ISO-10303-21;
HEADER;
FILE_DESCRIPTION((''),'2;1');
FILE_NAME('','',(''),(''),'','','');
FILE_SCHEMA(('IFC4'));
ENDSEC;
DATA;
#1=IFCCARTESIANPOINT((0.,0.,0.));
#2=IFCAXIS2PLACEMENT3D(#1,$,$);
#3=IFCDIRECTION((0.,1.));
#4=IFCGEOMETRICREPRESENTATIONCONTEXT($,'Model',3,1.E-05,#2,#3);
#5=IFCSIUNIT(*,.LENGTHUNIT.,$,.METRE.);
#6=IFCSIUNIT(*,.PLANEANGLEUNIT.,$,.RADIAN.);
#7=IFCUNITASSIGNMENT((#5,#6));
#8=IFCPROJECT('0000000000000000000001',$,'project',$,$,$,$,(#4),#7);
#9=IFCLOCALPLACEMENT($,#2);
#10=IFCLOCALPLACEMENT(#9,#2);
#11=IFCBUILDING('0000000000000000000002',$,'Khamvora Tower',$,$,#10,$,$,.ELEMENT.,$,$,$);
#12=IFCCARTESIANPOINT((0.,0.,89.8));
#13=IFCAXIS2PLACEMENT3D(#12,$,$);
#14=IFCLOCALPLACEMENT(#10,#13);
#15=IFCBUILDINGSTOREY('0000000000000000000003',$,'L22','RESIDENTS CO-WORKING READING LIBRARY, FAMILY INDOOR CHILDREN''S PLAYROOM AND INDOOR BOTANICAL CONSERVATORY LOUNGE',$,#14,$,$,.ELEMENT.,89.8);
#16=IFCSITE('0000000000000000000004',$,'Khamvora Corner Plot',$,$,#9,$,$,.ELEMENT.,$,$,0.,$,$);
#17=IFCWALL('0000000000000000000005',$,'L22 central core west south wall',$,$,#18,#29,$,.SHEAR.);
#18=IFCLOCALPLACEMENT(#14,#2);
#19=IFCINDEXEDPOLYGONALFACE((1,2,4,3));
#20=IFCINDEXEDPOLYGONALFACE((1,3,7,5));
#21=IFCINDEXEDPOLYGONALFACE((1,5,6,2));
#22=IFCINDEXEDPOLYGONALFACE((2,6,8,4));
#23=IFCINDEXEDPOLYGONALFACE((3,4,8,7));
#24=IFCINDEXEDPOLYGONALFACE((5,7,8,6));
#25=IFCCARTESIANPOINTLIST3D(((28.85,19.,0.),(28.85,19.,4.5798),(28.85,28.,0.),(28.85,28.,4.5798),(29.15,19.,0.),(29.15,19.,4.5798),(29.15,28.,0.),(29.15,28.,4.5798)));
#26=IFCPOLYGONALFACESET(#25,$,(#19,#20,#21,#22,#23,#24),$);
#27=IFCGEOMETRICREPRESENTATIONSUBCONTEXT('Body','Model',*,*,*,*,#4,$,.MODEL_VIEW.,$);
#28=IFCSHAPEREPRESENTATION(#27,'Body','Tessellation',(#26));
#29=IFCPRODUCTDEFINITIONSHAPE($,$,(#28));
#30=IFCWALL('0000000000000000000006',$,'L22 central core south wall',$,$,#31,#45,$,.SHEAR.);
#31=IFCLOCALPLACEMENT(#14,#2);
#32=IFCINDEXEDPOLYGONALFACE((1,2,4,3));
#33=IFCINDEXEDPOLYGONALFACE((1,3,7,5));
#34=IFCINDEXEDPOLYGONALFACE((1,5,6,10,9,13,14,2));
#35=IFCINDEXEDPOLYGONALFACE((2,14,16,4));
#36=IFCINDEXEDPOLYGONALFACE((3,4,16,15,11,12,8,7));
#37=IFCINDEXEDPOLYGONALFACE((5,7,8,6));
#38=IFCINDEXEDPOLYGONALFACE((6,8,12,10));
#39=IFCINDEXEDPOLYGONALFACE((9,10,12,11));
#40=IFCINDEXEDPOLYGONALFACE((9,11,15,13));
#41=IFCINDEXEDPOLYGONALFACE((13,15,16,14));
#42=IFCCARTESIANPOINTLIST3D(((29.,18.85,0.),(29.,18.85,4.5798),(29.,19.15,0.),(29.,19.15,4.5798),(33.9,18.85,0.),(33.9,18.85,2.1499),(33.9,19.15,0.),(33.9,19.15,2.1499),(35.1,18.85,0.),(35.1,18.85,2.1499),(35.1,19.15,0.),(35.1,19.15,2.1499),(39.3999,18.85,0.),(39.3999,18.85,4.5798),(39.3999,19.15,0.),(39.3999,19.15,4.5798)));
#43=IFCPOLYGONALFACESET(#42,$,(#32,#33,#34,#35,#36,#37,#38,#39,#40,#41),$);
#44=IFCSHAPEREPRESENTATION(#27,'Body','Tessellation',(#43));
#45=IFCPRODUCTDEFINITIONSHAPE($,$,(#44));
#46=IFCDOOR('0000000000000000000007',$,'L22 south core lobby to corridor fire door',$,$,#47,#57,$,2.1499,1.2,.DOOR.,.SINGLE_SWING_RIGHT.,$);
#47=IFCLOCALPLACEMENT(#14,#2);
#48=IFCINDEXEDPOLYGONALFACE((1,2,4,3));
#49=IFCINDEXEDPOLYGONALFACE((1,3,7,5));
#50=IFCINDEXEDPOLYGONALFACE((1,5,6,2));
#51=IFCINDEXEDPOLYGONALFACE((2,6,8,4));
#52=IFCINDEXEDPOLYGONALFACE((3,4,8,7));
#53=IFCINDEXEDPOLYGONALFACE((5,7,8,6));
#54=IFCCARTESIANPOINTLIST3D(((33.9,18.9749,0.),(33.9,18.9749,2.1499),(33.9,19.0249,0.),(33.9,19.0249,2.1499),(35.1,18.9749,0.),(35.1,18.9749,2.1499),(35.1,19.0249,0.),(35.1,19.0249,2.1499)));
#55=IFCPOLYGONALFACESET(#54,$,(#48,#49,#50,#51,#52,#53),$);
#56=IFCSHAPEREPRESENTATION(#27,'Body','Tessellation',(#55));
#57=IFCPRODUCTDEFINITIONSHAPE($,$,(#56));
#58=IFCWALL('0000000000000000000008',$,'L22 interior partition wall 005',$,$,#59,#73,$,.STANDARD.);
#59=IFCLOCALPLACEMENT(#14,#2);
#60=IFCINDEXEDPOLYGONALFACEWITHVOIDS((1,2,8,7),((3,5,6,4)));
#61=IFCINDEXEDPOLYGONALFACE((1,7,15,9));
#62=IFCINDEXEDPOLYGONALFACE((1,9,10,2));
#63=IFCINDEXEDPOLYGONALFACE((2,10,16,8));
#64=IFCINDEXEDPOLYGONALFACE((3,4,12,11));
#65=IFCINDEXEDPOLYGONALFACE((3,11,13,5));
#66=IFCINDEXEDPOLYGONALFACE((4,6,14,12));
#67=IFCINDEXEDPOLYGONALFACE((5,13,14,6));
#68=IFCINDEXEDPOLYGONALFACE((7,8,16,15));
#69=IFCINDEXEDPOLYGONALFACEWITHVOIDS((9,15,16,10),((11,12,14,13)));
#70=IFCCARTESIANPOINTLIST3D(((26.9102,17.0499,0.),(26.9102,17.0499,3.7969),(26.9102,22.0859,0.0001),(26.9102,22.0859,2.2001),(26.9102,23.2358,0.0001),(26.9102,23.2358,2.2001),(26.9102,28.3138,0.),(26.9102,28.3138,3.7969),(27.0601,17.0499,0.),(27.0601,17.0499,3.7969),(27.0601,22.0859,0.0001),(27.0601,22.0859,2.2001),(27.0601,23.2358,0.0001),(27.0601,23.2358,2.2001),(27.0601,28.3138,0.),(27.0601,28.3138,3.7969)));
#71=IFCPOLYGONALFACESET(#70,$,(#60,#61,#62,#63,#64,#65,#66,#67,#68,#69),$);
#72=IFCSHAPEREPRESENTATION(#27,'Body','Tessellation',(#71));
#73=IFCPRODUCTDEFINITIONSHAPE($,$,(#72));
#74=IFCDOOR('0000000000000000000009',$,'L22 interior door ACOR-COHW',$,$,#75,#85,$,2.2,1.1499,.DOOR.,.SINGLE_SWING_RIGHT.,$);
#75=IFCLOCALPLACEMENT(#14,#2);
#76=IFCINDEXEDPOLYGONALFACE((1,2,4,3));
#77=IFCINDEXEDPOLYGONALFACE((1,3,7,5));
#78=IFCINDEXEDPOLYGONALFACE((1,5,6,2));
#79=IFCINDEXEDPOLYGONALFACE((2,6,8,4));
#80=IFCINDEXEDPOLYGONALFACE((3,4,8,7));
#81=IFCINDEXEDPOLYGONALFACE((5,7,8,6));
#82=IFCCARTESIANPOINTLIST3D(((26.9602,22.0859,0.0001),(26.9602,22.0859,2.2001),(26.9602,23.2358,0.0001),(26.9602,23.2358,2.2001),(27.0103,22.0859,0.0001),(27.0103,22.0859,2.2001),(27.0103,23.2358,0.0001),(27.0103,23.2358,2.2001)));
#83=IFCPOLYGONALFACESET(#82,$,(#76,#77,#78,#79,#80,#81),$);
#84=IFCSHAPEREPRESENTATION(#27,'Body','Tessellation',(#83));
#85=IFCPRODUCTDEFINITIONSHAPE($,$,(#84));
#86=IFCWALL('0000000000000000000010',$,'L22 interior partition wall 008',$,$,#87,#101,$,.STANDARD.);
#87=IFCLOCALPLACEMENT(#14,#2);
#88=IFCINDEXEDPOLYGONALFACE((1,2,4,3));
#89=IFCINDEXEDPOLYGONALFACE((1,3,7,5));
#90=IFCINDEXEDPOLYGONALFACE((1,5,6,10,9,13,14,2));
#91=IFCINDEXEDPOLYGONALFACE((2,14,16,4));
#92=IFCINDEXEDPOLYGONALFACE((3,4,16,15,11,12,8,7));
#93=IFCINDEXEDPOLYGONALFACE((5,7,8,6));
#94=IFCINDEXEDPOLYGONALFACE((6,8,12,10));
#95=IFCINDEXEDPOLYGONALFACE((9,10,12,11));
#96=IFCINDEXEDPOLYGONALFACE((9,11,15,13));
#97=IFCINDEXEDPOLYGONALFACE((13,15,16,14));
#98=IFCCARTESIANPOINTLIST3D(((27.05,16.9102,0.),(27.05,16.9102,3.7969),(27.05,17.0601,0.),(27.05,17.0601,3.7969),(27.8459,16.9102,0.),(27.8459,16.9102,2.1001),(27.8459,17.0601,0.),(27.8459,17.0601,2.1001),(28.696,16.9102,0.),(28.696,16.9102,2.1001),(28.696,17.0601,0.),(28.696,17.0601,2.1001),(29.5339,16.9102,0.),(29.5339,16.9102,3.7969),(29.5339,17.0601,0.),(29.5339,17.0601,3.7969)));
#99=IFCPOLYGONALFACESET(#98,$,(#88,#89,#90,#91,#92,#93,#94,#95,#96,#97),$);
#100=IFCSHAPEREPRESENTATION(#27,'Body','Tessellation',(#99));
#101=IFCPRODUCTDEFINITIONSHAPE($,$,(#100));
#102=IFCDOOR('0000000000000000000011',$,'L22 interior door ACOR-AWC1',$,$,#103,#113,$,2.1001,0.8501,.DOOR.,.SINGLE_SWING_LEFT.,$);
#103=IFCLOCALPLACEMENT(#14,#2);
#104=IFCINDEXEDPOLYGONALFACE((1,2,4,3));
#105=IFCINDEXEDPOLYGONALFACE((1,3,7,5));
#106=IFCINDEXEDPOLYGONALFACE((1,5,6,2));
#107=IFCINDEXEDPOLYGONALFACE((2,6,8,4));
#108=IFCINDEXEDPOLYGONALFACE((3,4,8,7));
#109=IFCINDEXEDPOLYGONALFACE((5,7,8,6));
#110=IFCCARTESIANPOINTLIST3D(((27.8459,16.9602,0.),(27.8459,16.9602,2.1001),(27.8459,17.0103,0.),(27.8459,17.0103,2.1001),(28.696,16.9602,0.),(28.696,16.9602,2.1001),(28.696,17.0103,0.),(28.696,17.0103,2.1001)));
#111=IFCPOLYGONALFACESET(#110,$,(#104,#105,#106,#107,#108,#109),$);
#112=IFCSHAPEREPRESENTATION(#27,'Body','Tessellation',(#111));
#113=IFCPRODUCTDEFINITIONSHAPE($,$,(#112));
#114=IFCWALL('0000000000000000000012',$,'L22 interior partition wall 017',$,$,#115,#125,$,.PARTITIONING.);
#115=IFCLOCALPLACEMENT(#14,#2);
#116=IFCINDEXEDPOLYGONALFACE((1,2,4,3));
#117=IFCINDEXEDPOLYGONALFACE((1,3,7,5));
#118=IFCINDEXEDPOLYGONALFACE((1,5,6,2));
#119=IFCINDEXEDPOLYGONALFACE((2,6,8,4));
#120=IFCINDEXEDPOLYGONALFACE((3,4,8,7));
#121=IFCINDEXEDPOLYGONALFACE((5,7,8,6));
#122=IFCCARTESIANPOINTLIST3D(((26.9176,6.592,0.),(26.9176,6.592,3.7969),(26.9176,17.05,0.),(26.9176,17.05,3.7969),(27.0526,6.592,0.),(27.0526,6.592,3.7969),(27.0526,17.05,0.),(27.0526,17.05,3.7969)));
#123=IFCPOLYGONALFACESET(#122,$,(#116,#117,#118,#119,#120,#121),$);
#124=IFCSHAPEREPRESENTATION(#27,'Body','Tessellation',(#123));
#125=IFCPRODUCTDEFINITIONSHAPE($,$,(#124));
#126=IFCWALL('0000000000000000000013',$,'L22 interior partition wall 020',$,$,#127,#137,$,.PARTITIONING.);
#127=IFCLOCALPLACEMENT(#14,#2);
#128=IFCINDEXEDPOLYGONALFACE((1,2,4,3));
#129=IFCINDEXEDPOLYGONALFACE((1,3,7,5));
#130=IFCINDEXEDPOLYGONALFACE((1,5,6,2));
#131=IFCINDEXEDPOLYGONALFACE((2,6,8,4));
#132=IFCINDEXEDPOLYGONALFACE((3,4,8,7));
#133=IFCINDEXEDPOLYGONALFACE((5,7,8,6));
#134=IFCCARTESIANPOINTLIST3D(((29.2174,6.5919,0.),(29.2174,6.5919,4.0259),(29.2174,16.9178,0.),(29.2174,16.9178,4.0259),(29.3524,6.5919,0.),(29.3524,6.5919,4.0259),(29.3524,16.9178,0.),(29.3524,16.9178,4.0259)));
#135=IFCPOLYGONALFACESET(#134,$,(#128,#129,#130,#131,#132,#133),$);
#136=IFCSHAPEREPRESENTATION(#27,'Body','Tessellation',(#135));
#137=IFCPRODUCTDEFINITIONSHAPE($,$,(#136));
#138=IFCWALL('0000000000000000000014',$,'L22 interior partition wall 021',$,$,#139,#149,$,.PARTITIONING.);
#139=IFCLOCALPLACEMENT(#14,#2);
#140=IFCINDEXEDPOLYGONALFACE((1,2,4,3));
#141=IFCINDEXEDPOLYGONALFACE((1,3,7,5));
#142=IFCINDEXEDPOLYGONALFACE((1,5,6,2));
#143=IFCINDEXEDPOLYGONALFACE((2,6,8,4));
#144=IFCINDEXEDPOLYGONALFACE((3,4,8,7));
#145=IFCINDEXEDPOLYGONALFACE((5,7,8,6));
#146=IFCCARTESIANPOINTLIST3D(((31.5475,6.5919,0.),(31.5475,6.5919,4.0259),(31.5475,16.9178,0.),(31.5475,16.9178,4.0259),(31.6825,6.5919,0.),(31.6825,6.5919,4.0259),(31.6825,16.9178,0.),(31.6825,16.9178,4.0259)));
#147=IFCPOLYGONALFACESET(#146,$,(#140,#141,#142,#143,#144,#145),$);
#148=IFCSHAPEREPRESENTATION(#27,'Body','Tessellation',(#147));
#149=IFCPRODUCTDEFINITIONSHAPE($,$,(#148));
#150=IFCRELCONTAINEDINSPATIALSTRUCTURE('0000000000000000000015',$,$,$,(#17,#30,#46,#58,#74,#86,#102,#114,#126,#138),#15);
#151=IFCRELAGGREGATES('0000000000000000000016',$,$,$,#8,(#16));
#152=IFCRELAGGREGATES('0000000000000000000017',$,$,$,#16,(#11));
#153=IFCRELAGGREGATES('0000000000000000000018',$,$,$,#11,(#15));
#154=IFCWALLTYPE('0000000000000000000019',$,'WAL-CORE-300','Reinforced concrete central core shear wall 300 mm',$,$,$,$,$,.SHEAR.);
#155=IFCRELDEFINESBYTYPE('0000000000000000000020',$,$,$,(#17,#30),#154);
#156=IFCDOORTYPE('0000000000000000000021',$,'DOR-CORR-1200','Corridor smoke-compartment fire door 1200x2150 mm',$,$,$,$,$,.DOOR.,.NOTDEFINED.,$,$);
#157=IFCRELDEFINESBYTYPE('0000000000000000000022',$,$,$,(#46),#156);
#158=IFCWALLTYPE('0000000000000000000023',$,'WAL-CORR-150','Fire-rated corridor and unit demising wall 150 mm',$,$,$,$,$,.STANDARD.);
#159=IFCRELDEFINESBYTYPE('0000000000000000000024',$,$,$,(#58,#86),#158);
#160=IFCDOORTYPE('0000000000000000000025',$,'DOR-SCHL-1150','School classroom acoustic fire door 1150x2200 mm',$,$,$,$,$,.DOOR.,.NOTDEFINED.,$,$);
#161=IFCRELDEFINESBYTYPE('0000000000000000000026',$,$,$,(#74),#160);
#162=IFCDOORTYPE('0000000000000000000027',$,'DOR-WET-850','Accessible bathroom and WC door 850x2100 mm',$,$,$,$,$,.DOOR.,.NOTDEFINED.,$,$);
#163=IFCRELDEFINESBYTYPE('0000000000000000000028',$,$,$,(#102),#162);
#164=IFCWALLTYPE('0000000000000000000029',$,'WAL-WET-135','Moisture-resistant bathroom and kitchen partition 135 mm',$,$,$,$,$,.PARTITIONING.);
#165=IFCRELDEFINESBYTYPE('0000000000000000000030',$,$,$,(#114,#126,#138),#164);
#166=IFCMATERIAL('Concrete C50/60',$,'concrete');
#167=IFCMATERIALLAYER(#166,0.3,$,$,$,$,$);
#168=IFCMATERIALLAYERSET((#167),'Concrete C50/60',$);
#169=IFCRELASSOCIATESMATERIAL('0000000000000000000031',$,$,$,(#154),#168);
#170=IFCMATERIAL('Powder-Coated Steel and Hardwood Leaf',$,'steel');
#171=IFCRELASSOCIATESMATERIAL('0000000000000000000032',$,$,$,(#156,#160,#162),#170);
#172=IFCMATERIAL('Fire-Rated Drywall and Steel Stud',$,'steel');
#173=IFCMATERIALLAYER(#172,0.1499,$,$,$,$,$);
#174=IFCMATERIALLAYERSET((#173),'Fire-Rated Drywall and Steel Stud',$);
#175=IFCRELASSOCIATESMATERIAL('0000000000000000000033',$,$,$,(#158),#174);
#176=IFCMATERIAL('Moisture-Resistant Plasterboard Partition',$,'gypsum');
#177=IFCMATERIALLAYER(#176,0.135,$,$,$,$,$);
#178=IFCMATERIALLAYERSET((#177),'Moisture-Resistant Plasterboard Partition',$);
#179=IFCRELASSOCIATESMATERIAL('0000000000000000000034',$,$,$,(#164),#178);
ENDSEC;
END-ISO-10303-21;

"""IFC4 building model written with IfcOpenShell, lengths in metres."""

from ifc_helpers import new_model, si_unit, direction, frame, frame_2d, origin, place, context, subcontext, project, spatial, rectangle, extrude, material, layer, layer_set, type_object, element, fill, save


model = new_model("IFC4")

# Units and contexts
model_context = context("Model", 3, precision=1e-05, world=origin(), true_north=direction((0.0, 1.0)))
body_context = subcontext(model_context, "Body", "Model", "MODEL_VIEW")
ifc_project = project(units=[si_unit("LENGTHUNIT", "METRE"), si_unit("PLANEANGLEUNIT", "RADIAN")], contexts=[model_context])

# Site, building, storey
site_placement = place(None, origin())
site = spatial("IfcSite", under=ifc_project, at=site_placement, Name="Khamvora Corner Plot", CompositionType="ELEMENT", RefElevation=0.0)
building_placement = place(site_placement, origin())
building = spatial("IfcBuilding", under=site, at=building_placement, Name="Khamvora Tower", CompositionType="ELEMENT")
storey_placement = place(building_placement, frame((0.0, 0.0, 89.8)))
storey = spatial("IfcBuildingStorey", under=building, at=storey_placement, Name="L22", Description="RESIDENTS CO-WORKING READING LIBRARY, FAMILY INDOOR CHILDREN'S PLAYROOM AND INDOOR BOTANICAL CONSERVATORY LOUNGE", CompositionType="ELEMENT", Elevation=89.8)

# Wall
ifc_material_1 = material(Name="Concrete C50/60", Category="concrete")
ifc_layer_1 = layer(ifc_material_1, 0.3)
ifc_layer_set_1 = layer_set([ifc_layer_1], Name="Concrete C50/60")
wall_type_1 = type_object("IfcWallType", Name="WAL-CORE-300", Description="Reinforced concrete central core shear wall 300 mm", PredefinedType="SHEAR", material=ifc_layer_set_1)
wall_1_placement = place(storey_placement, frame((29.0, 19.0, 0.0), z_axis=(0.0, 0.0, 1.0), x_axis=(0.0, 1.0, 0.0)))
element("IfcWall", 1, at=wall_1_placement, inside=storey, type_object=wall_type_1, Name="L22 central core west south wall", PredefinedType="SHEAR", context=body_context, shape_type="SweptSolid", body=[
    extrude(rectangle(XDim=9.0, YDim=0.3, at=frame_2d((4.5, 0.0))), origin(), (0.0, 0.0, 1.0), 4.5798),
])

# Walls, openings, doors
wall_2_placement = place(storey_placement, frame((29.0, 19.0, 0.0), z_axis=(0.0, 0.0, 1.0), x_axis=(1.0, 0.0, 0.0)))
wall_2 = element("IfcWall", 2, at=wall_2_placement, inside=storey, type_object=wall_type_1, Name="L22 central core south wall", PredefinedType="SHEAR", context=body_context, shape_type="SweptSolid", body=[
    extrude(rectangle(XDim=10.3999, YDim=0.3, at=frame_2d((5.2, 0.0))), origin(), (0.0, 0.0, 1.0), 4.5798),
])
opening_1_placement = place(wall_2_placement, frame((4.8999, 0.0, 0.0)))
opening_1 = element("IfcOpeningElement", 3, at=opening_1_placement, cuts=wall_2, PredefinedType="OPENING", context=body_context, shape_type="SweptSolid", body=[
    extrude(rectangle(XDim=1.2, YDim=2.1499, at=frame_2d((0.6001, 1.075))), frame((0.0, 0.1599, 0.0), z_axis=(0.0, -1.0, 0.0), x_axis=(1.0, 0.0, 0.0)), (0.0, 0.0, 1.0), 0.3201),
])
ifc_material_2 = material(Name="Powder-Coated Steel and Hardwood Leaf", Category="steel")
door_type_1 = type_object("IfcDoorType", Name="DOR-CORR-1200", Description="Corridor smoke-compartment fire door 1200x2150 mm", OperationType="NOTDEFINED", PredefinedType="DOOR", material=ifc_material_2)
door_1_placement = place(opening_1_placement, origin())
door_1 = element("IfcDoor", 4, at=door_1_placement, inside=storey, type_object=door_type_1, Name="L22 south core lobby to corridor fire door", OperationType="SINGLE_SWING_RIGHT", OverallHeight=2.1499, OverallWidth=1.2, PredefinedType="DOOR", context=body_context, shape_type="SweptSolid", body=[
    extrude(rectangle(XDim=1.2, YDim=2.1499, at=frame_2d((0.6001, 1.075))), frame((0.0, 0.0249, 0.0), z_axis=(0.0, -1.0, 0.0), x_axis=(1.0, 0.0, 0.0)), (0.0, 0.0, 1.0), 0.05),
])
fill(opening_1, door_1)
ifc_material_3 = material(Name="Fire-Rated Drywall and Steel Stud", Category="steel")
ifc_layer_2 = layer(ifc_material_3, 0.1499)
ifc_layer_set_2 = layer_set([ifc_layer_2], Name="Fire-Rated Drywall and Steel Stud")
wall_type_2 = type_object("IfcWallType", Name="WAL-CORR-150", Description="Fire-rated corridor and unit demising wall 150 mm", PredefinedType="STANDARD", material=ifc_layer_set_2)
wall_3_placement = place(storey_placement, frame((26.9851, 17.05, 0.0), z_axis=(0.0, 0.0, 1.0), x_axis=(0.0, 1.0, 0.0)))
wall_3 = element("IfcWall", 5, at=wall_3_placement, inside=storey, type_object=wall_type_2, Name="L22 interior partition wall 005", PredefinedType="STANDARD", context=body_context, shape_type="SweptSolid", body=[
    extrude(rectangle(XDim=11.2639, YDim=0.1499, at=frame_2d((5.6318, 0.0))), origin(), (0.0, 0.0, 1.0), 3.7969),
])
opening_2_placement = place(wall_3_placement, frame((5.0359, 0.0, 0.0)))
opening_2 = element("IfcOpeningElement", 6, at=opening_2_placement, cuts=wall_3, PredefinedType="OPENING", context=body_context, shape_type="SweptSolid", body=[
    extrude(rectangle(XDim=1.1499, YDim=2.2, at=frame_2d((0.575, 1.1001))), frame((0.0, 0.085, 0.0), z_axis=(0.0, -1.0, 0.0), x_axis=(1.0, 0.0, 0.0)), (0.0, 0.0, 1.0), 0.1699),
])
door_type_2 = type_object("IfcDoorType", Name="DOR-SCHL-1150", Description="School classroom acoustic fire door 1150x2200 mm", OperationType="NOTDEFINED", PredefinedType="DOOR", material=ifc_material_2)
door_2_placement = place(opening_2_placement, origin())
door_2 = element("IfcDoor", 7, at=door_2_placement, inside=storey, type_object=door_type_2, Name="L22 interior door ACOR-COHW", OperationType="SINGLE_SWING_RIGHT", OverallHeight=2.2, OverallWidth=1.1499, PredefinedType="DOOR", context=body_context, shape_type="SweptSolid", body=[
    extrude(rectangle(XDim=1.1499, YDim=2.2, at=frame_2d((0.575, 1.1001))), frame((0.0, 0.0249, 0.0), z_axis=(0.0, -1.0, 0.0), x_axis=(1.0, 0.0, 0.0)), (0.0, 0.0, 1.0), 0.05),
])
fill(opening_2, door_2)
wall_4_placement = place(storey_placement, frame((29.5339, 16.9851, 0.0), z_axis=(0.0, 0.0, 1.0), x_axis=(-1.0, 0.0, 0.0)))
wall_4 = element("IfcWall", 8, at=wall_4_placement, inside=storey, type_object=wall_type_2, Name="L22 interior partition wall 008", PredefinedType="STANDARD", context=body_context, shape_type="SweptSolid", body=[
    extrude(rectangle(XDim=2.4839, YDim=0.1499, at=frame_2d((1.2419, 0.0))), origin(), (0.0, 0.0, 1.0), 3.7969),
])
opening_3_placement = place(wall_4_placement, frame((0.8379, 0.0, 0.0)))
opening_3 = element("IfcOpeningElement", 9, at=opening_3_placement, cuts=wall_4, PredefinedType="OPENING", context=body_context, shape_type="SweptSolid", body=[
    extrude(rectangle(XDim=0.8501, YDim=2.1001, at=frame_2d((0.425, 1.05))), frame((0.0, 0.085, 0.0), z_axis=(0.0, -1.0, 0.0), x_axis=(1.0, 0.0, 0.0)), (0.0, 0.0, 1.0), 0.1699),
])
door_type_3 = type_object("IfcDoorType", Name="DOR-WET-850", Description="Accessible bathroom and WC door 850x2100 mm", OperationType="NOTDEFINED", PredefinedType="DOOR", material=ifc_material_2)
door_3_placement = place(opening_3_placement, origin())
door_3 = element("IfcDoor", 10, at=door_3_placement, inside=storey, type_object=door_type_3, Name="L22 interior door ACOR-AWC1", OperationType="SINGLE_SWING_LEFT", OverallHeight=2.1001, OverallWidth=0.8501, PredefinedType="DOOR", context=body_context, shape_type="SweptSolid", body=[
    extrude(rectangle(XDim=0.8501, YDim=2.1001, at=frame_2d((0.425, 1.05))), frame((0.0, 0.0249, 0.0), z_axis=(0.0, -1.0, 0.0), x_axis=(1.0, 0.0, 0.0)), (0.0, 0.0, 1.0), 0.05),
])
fill(opening_3, door_3)

# Walls
ifc_material_4 = material(Name="Moisture-Resistant Plasterboard Partition", Category="gypsum")
ifc_layer_3 = layer(ifc_material_4, 0.135)
ifc_layer_set_3 = layer_set([ifc_layer_3], Name="Moisture-Resistant Plasterboard Partition")
wall_type_3 = type_object("IfcWallType", Name="WAL-WET-135", Description="Moisture-resistant bathroom and kitchen partition 135 mm", PredefinedType="PARTITIONING", material=ifc_layer_set_3)
wall_5_placement = place(storey_placement, frame((26.9851, 17.05, 0.0), z_axis=(0.0, 0.0, 1.0), x_axis=(0.0, -1.0, 0.0)))
element("IfcWall", 11, at=wall_5_placement, inside=storey, type_object=wall_type_3, Name="L22 interior partition wall 017", PredefinedType="PARTITIONING", context=body_context, shape_type="SweptSolid", body=[
    extrude(rectangle(XDim=10.458, YDim=0.135, at=frame_2d((5.229, 0.0))), origin(), (0.0, 0.0, 1.0), 3.7969),
])
for number, where, z_axis, x_axis, name in (
    (12, (29.2849, 16.918, 0.0), (0.0, 0.0, 1.0), (0.0, -1.0, 0.0), "L22 interior partition wall 020"),
    (13, (31.615, 16.918, 0.0), (0.0, 0.0, 1.0), (0.0, -1.0, 0.0), "L22 interior partition wall 021"),
):
    element("IfcWall", number, at=place(storey_placement, frame(where, z_axis=z_axis, x_axis=x_axis)), inside=storey, type_object=wall_type_3, Name=name, PredefinedType="PARTITIONING", context=body_context, shape_type="SweptSolid", body=[
        extrude(rectangle(XDim=10.3259, YDim=0.135, at=frame_2d((5.1631, 0.0))), origin(), (0.0, 0.0, 1.0), 4.0259),
    ])

save(model, "model.ifc")
